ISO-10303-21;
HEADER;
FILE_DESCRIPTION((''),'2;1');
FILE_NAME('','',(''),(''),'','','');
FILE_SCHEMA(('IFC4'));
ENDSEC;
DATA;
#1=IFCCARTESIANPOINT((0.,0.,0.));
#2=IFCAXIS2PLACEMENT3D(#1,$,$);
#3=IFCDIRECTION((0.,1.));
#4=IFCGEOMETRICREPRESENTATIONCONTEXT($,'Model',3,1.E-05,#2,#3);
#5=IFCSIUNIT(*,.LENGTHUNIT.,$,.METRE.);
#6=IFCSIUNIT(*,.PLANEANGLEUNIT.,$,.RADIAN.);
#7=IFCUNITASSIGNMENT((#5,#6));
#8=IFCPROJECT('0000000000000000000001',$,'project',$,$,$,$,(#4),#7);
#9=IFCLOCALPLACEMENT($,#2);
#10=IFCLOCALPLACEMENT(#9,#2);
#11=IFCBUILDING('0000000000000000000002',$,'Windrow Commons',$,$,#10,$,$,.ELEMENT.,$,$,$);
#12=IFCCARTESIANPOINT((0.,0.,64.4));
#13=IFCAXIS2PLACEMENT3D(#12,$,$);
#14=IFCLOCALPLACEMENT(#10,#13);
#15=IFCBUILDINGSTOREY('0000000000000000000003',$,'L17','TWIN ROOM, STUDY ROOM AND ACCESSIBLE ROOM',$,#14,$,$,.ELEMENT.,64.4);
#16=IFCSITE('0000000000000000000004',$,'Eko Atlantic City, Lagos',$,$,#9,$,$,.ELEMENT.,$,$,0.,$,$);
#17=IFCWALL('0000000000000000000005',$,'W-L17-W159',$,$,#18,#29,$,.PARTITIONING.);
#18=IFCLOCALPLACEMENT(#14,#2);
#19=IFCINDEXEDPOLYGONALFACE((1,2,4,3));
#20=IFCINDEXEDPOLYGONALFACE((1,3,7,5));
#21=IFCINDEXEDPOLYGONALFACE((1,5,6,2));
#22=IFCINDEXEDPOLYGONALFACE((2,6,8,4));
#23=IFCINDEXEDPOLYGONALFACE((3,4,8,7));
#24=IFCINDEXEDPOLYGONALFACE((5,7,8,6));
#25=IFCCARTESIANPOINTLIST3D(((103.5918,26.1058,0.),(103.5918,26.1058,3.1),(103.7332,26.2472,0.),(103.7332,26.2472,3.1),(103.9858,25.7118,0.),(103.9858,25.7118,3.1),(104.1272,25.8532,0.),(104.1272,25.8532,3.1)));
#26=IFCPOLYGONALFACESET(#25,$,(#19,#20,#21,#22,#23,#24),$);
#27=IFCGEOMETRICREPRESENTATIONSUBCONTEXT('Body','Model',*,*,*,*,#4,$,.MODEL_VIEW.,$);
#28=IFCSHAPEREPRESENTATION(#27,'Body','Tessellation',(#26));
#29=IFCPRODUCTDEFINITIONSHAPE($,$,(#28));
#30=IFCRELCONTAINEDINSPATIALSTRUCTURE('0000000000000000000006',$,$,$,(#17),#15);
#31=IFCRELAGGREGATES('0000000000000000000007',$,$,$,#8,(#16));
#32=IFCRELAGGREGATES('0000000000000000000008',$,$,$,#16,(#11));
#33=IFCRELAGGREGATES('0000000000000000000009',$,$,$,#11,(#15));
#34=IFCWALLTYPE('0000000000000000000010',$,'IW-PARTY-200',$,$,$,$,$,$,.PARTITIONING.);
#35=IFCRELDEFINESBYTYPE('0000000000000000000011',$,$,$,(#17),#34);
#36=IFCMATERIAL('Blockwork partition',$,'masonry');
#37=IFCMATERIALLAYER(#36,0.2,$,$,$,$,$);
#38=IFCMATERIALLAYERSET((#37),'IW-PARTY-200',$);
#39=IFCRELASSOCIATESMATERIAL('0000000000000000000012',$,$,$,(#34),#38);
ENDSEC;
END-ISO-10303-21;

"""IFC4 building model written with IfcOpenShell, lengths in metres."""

from ifc_helpers import new_model, si_unit, direction, frame, frame_2d, origin, place, context, subcontext, project, spatial, rectangle, extrude, material, layer, layer_set, type_object, element, save


model = new_model("IFC4")

# Units and contexts
model_context = context("Model", 3, precision=1e-05, world=origin(), true_north=direction((0.0, 1.0)))
body_context = subcontext(model_context, "Body", "Model", "MODEL_VIEW")
ifc_project = project(units=[si_unit("LENGTHUNIT", "METRE"), si_unit("PLANEANGLEUNIT", "RADIAN")], contexts=[model_context])

# Site, building, storey
site_placement = place(None, origin())
site = spatial("IfcSite", under=ifc_project, at=site_placement, Name="Eko Atlantic City, Lagos", CompositionType="ELEMENT", RefElevation=0.0)
building_placement = place(site_placement, origin())
building = spatial("IfcBuilding", under=site, at=building_placement, Name="Windrow Commons", CompositionType="ELEMENT")
storey_placement = place(building_placement, frame((0.0, 0.0, 64.4)))
storey = spatial("IfcBuildingStorey", under=building, at=storey_placement, Name="L17", Description="TWIN ROOM, STUDY ROOM AND ACCESSIBLE ROOM", CompositionType="ELEMENT", Elevation=64.4)

# Wall
ifc_material_1 = material(Name="Blockwork partition", Category="masonry")
ifc_layer_1 = layer(ifc_material_1, 0.2)
ifc_layer_set_1 = layer_set([ifc_layer_1], Name="IW-PARTY-200")
wall_type_1 = type_object("IfcWallType", Name="IW-PARTY-200", PredefinedType="PARTITIONING", material=ifc_layer_set_1)
for number, where, z_axis, x_axis, name in (
    (1, (103.6625, 26.1765, 0.0), (0.0, 0.0, 1.0), (0.707107, -0.707107, 0.0), "W-L17-W159"),
):
    element("IfcWall", number, at=place(storey_placement, frame(where, z_axis=z_axis, x_axis=x_axis)), inside=storey, type_object=wall_type_1, Name=name, PredefinedType="PARTITIONING", context=body_context, shape_type="SweptSolid", body=[
        extrude(rectangle(XDim=0.5572, YDim=0.2, at=frame_2d((0.2786, 0.0))), origin(), (0.0, 0.0, 1.0), 3.1),
    ])

save(model, "model.ifc")
